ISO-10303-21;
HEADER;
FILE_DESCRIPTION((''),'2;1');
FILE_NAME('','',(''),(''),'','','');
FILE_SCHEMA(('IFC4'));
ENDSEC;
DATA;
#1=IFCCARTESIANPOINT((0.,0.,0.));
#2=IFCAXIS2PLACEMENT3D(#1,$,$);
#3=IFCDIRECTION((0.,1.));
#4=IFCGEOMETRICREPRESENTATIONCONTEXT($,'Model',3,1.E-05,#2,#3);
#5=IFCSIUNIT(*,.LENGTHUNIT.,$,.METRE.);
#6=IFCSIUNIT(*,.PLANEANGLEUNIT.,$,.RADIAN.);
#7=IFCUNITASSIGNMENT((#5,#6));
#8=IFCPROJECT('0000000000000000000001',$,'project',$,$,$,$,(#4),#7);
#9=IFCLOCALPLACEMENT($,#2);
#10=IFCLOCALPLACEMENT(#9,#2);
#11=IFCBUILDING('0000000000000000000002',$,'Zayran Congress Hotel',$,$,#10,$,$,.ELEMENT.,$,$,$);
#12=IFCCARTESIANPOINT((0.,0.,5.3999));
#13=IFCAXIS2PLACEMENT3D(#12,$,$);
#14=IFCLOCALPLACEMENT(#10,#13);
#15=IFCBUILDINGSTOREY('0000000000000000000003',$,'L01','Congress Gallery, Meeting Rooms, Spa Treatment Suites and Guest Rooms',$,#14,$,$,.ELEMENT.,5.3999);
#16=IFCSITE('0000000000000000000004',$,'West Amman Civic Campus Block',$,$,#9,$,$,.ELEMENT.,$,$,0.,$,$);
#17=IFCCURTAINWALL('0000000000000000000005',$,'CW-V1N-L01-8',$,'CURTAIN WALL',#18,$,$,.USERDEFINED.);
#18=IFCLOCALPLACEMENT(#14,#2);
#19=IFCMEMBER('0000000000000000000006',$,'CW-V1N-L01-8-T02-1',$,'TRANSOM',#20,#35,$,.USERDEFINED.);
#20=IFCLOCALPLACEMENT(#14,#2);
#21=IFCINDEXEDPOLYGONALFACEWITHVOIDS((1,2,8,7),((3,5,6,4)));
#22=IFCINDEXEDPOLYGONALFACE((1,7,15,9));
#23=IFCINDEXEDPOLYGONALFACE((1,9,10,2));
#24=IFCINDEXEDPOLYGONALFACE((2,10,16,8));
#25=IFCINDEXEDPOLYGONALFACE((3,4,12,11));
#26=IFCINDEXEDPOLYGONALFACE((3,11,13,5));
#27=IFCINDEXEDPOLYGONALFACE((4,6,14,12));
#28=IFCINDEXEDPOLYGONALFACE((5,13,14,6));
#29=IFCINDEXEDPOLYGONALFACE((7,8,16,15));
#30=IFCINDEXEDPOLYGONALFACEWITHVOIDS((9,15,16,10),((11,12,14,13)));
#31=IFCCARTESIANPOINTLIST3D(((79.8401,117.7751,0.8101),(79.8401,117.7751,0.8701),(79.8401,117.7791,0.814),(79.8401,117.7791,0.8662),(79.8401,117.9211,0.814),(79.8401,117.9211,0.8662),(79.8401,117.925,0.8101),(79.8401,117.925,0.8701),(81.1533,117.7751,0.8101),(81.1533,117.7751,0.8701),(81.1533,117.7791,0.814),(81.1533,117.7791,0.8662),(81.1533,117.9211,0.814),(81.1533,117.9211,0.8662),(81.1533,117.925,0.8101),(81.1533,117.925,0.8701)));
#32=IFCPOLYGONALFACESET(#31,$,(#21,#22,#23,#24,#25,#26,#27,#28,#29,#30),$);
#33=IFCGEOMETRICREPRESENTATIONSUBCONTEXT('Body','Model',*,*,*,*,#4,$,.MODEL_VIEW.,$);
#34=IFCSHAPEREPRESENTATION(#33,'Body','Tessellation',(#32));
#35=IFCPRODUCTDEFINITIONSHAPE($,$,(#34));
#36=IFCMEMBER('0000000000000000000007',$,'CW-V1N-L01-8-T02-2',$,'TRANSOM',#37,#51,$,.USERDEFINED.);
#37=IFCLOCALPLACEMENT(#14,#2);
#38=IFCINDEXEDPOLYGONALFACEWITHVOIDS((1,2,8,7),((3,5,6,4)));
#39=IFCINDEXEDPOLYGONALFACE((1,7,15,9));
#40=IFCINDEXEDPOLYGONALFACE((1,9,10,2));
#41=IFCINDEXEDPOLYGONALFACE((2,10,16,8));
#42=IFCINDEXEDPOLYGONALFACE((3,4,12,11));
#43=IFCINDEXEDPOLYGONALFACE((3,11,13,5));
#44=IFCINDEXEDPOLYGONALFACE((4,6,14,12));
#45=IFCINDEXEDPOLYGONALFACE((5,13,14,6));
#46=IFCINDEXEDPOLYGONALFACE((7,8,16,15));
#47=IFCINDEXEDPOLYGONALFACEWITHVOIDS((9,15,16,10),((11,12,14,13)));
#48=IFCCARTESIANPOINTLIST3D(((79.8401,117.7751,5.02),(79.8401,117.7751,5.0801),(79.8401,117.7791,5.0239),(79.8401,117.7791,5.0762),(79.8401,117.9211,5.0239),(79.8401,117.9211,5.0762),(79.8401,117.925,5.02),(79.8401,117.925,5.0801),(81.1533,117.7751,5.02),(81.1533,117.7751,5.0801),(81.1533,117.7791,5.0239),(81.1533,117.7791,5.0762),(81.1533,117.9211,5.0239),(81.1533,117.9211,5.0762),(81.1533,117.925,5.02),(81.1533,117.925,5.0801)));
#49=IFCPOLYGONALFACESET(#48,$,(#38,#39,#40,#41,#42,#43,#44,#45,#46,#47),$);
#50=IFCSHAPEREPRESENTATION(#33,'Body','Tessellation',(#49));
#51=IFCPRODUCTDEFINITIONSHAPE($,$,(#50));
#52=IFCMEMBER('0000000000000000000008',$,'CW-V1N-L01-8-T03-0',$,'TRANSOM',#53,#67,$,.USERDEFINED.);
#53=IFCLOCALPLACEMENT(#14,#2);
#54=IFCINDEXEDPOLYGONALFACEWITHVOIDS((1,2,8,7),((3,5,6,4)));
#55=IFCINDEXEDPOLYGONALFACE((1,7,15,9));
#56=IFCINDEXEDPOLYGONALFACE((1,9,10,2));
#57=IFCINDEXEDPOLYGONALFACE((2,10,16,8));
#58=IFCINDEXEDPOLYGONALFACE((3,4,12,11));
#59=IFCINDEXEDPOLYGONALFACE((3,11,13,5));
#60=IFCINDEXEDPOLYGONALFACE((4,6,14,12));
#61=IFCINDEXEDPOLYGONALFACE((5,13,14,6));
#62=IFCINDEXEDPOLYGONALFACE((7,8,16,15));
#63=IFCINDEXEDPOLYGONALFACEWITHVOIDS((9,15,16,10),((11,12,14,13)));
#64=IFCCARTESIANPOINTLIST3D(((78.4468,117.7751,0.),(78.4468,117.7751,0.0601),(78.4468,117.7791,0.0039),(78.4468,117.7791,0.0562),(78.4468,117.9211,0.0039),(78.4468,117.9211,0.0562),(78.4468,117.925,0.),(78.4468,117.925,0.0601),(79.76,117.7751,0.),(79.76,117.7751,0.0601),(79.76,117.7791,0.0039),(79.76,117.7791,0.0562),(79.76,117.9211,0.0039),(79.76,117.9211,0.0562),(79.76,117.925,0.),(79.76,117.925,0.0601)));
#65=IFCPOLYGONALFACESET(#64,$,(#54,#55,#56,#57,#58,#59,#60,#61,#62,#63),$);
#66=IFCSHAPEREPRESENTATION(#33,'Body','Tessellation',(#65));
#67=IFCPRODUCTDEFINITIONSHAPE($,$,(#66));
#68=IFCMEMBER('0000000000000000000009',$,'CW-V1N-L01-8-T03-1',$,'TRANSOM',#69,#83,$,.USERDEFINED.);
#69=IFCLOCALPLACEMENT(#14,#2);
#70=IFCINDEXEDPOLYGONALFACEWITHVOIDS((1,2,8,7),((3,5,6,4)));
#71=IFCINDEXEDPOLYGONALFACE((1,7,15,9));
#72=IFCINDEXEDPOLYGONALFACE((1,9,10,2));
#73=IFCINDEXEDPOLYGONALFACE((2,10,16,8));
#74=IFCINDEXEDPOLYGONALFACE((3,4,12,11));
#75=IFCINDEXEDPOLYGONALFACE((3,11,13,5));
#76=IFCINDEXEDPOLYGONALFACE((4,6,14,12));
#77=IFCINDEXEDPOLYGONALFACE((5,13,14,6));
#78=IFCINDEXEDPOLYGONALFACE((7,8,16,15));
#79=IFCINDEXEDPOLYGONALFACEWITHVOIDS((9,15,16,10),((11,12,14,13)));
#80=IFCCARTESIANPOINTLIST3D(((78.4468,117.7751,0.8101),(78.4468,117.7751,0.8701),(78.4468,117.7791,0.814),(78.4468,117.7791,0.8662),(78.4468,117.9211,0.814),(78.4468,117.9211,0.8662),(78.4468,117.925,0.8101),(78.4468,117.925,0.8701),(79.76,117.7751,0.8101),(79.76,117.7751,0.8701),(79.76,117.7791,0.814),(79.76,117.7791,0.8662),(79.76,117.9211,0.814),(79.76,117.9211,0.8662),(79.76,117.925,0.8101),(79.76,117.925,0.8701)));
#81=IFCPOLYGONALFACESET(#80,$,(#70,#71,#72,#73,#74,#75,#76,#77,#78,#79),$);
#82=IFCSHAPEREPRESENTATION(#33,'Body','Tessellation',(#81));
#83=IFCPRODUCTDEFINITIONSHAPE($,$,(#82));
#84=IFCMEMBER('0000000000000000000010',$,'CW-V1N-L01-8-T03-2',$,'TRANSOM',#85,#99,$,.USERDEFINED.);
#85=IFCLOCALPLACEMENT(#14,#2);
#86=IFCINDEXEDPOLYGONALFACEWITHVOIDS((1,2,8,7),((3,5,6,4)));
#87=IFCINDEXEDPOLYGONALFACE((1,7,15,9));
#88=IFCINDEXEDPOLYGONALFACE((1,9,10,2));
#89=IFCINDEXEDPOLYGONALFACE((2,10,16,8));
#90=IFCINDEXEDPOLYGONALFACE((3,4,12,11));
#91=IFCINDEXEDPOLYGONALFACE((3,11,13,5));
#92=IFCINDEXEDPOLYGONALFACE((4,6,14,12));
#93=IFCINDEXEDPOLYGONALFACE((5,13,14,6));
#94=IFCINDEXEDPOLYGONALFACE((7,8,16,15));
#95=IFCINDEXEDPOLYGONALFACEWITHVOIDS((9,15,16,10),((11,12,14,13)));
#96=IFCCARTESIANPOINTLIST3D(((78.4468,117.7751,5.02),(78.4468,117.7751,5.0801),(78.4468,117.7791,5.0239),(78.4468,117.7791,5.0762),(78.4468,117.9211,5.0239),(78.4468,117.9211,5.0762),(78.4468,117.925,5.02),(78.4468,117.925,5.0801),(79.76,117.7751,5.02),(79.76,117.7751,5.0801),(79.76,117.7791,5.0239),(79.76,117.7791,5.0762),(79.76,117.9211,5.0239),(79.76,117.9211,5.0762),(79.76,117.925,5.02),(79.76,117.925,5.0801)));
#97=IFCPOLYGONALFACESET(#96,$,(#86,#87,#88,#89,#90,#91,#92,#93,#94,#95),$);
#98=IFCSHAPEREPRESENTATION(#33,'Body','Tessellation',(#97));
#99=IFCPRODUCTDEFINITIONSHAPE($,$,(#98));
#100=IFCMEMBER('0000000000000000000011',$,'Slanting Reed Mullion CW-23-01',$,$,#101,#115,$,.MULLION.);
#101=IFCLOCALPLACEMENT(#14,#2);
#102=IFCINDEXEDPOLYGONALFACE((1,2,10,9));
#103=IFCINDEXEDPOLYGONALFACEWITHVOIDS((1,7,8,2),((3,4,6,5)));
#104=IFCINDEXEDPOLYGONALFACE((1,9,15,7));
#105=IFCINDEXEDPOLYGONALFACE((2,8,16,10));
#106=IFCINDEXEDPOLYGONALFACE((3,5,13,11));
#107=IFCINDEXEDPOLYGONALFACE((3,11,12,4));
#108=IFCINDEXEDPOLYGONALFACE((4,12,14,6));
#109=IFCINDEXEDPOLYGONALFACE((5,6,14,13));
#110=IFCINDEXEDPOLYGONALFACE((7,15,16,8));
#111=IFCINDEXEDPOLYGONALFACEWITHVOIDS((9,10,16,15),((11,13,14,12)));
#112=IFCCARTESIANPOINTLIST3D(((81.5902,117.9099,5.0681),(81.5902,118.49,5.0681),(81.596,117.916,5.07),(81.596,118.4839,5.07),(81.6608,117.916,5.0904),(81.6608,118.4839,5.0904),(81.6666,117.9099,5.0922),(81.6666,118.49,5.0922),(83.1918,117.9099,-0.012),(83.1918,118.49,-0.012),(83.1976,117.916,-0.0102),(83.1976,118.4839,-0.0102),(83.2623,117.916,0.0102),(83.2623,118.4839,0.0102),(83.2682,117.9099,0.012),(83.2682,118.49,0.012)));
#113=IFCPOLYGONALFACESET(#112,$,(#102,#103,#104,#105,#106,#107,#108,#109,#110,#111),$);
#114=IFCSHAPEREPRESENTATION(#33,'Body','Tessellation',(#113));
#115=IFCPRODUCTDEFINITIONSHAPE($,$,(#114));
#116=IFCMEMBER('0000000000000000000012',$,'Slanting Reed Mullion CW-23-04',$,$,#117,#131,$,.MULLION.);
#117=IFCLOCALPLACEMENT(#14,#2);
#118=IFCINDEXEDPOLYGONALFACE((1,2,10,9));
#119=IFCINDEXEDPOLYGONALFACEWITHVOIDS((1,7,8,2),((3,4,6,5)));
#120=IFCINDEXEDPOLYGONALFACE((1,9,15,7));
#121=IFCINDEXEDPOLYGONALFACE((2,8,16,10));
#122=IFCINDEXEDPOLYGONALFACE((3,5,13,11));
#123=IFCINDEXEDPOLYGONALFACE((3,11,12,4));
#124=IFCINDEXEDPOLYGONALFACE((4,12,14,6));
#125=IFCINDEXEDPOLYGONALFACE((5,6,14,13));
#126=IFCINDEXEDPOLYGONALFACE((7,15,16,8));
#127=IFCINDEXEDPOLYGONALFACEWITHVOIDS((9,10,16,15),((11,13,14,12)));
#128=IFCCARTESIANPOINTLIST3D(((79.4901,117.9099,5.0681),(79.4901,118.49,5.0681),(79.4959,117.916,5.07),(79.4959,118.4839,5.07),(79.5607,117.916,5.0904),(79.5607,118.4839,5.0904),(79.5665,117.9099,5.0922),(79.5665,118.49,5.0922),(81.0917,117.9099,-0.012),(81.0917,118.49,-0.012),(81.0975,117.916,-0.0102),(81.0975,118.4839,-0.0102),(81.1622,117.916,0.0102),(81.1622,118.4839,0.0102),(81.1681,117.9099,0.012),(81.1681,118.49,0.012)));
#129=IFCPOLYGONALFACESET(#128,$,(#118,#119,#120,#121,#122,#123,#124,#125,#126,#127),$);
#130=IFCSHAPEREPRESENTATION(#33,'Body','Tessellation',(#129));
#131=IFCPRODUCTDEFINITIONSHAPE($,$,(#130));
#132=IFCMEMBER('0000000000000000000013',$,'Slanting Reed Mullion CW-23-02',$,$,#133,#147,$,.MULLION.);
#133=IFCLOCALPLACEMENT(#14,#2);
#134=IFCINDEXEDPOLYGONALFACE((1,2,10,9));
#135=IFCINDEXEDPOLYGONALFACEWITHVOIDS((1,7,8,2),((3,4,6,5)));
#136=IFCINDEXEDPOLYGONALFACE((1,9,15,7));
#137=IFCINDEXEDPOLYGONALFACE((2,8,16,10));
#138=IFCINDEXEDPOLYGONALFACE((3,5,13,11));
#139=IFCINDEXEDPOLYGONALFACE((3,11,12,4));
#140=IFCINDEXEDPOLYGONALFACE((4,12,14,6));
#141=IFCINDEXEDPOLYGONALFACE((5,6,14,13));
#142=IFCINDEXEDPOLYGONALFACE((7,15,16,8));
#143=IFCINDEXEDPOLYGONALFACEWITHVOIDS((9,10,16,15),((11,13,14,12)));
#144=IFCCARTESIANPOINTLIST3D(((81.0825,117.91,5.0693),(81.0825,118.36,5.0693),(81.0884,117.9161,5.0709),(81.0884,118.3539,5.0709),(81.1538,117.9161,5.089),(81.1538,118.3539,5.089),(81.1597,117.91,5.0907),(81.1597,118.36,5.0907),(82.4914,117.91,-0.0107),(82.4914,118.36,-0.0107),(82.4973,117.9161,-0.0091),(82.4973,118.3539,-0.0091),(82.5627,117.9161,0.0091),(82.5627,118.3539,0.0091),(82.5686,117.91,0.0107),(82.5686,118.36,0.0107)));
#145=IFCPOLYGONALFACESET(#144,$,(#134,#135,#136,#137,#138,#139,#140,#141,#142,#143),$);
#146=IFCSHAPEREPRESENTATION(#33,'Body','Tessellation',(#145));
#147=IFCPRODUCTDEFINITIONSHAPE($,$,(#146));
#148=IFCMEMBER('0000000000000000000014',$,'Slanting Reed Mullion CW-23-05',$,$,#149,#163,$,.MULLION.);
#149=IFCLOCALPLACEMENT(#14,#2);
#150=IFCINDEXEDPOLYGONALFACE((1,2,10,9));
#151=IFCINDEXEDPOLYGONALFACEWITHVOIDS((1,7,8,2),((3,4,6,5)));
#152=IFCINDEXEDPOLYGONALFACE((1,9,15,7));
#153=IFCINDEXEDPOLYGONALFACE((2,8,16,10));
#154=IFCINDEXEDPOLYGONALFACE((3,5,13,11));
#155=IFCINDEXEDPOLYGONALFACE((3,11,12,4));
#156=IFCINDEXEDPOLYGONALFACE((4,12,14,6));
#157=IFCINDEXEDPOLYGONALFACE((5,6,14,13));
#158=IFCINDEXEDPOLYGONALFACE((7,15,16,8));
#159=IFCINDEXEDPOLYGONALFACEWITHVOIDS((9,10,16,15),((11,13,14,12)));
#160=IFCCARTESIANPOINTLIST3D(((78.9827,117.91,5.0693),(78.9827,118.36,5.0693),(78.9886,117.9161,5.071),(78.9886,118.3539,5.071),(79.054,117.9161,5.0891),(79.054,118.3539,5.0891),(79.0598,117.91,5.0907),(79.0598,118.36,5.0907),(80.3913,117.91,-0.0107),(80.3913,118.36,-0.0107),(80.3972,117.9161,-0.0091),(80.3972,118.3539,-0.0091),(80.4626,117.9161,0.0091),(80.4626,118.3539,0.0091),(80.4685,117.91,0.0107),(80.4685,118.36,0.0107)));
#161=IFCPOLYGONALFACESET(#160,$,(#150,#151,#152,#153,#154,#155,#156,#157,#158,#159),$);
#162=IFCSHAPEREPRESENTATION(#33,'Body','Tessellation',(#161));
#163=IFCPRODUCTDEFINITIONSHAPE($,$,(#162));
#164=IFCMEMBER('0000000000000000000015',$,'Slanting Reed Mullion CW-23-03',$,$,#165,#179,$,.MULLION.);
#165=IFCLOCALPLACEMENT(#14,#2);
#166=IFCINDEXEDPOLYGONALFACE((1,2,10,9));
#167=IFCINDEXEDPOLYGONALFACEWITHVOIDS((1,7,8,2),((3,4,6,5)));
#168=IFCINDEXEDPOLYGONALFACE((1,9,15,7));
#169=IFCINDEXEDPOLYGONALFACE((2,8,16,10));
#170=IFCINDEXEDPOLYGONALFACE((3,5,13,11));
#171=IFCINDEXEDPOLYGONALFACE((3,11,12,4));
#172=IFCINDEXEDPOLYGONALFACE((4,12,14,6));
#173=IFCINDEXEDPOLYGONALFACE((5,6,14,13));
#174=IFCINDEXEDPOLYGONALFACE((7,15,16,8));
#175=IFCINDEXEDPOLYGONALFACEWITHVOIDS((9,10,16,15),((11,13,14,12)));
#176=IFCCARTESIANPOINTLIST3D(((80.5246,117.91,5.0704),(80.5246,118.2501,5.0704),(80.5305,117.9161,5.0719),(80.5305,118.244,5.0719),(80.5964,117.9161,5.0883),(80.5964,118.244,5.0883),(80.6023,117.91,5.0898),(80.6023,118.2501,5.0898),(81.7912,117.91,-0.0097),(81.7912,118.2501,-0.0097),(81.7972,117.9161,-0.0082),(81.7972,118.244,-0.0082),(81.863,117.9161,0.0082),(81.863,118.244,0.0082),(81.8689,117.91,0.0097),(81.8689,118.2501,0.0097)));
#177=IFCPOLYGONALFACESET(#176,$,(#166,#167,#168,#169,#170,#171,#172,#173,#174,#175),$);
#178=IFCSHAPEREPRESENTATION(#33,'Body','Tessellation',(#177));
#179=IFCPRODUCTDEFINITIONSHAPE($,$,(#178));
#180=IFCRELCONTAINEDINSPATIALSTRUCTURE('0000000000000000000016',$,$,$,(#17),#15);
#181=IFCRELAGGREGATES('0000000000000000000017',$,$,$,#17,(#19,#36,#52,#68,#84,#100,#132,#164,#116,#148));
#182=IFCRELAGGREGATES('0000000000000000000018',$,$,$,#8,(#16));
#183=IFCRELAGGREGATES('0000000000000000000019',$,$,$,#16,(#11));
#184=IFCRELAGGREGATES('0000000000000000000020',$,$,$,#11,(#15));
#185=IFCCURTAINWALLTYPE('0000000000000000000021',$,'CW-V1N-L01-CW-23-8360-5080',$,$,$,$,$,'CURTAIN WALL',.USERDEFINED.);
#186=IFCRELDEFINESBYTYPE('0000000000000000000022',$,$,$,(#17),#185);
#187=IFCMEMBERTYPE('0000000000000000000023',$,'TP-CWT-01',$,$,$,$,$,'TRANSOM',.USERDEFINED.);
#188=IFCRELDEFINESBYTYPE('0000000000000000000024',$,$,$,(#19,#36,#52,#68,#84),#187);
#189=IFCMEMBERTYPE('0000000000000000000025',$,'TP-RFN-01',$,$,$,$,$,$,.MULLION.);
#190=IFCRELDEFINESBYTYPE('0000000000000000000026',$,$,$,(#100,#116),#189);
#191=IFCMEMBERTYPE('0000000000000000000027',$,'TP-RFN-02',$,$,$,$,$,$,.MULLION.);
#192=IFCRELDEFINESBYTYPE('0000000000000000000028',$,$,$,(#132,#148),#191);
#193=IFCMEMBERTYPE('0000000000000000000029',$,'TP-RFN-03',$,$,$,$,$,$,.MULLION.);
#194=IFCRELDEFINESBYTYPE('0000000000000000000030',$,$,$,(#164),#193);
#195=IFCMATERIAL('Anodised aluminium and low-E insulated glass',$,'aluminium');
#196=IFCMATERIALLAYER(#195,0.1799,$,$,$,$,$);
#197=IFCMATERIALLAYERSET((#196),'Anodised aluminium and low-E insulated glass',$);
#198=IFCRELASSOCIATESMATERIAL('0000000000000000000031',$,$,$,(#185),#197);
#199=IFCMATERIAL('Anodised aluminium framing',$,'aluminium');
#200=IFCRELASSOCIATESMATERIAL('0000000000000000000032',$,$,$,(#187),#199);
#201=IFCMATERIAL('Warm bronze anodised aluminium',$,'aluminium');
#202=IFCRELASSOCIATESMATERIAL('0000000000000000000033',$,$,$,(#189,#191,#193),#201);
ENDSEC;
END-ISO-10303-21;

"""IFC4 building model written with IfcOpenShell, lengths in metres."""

from ifc_helpers import new_model, si_unit, direction, frame, origin, origin_2d, place, context, subcontext, project, spatial, hollow_rectangle, extrude, material, layer, layer_set, material_profile, profile_set, type_object, element, aggregate, save


model = new_model("IFC4")

# Units and contexts
model_context = context("Model", 3, precision=1e-05, world=origin(), true_north=direction((0.0, 1.0)))
body_context = subcontext(model_context, "Body", "Model", "MODEL_VIEW")
ifc_project = project(units=[si_unit("LENGTHUNIT", "METRE"), si_unit("PLANEANGLEUNIT", "RADIAN")], contexts=[model_context])

# Site, building, storey
site_placement = place(None, origin())
site = spatial("IfcSite", under=ifc_project, at=site_placement, Name="West Amman Civic Campus Block", CompositionType="ELEMENT", RefElevation=0.0)
building_placement = place(site_placement, origin())
building = spatial("IfcBuilding", under=site, at=building_placement, Name="Zayran Congress Hotel", CompositionType="ELEMENT")
storey_placement = place(building_placement, frame((0.0, 0.0, 5.3999)))
storey = spatial("IfcBuildingStorey", under=building, at=storey_placement, Name="L01", Description="Congress Gallery, Meeting Rooms, Spa Treatment Suites and Guest Rooms", CompositionType="ELEMENT", Elevation=5.3999)

# Curtain wall, members
ifc_material_1 = material(Name="Anodised aluminium and low-E insulated glass", Category="aluminium")
ifc_layer_1 = layer(ifc_material_1, 0.1799)
ifc_layer_set_1 = layer_set([ifc_layer_1], Name="Anodised aluminium and low-E insulated glass")
curtain_wall_type = type_object("IfcCurtainWallType", Name="CW-V1N-L01-CW-23-8360-5080", ElementType="CURTAIN WALL", PredefinedType="USERDEFINED", material=ifc_layer_set_1)
curtain_wall_placement = place(storey_placement, origin())
curtain_wall = element("IfcCurtainWall", 1, at=curtain_wall_placement, inside=storey, type_object=curtain_wall_type, Name="CW-V1N-L01-8", ObjectType="CURTAIN WALL", PredefinedType="USERDEFINED")
ifc_material_2 = material(Name="Anodised aluminium framing", Category="aluminium")
ifc_material_profile_1 = material_profile(ifc_material_2, hollow_rectangle(XDim=0.0601, YDim=0.1499, WallThickness=0.0039, at=origin_2d()), Name="RHS 150x60x4")
ifc_profile_set_1 = profile_set([ifc_material_profile_1], Name="Anodised aluminium framing")
member_type_1 = type_object("IfcMemberType", Name="TP-CWT-01", ElementType="TRANSOM", PredefinedType="USERDEFINED", material=ifc_profile_set_1)
member_1_placement = place(storey_placement, frame((81.1533, 117.8501, 0.8401), z_axis=(-1.0, 0.0, 0.0), x_axis=(0.0, 0.0, 1.0)))
member_1 = element("IfcMember", 2, at=member_1_placement, type_object=member_type_1, Name="CW-V1N-L01-8-T02-1", ObjectType="TRANSOM", PredefinedType="USERDEFINED", context=body_context, shape_type="SweptSolid", body=[
    extrude(hollow_rectangle(XDim=0.0601, YDim=0.1499, WallThickness=0.0039, at=origin_2d()), origin(), (0.0, 0.0, 1.0), 1.3132),
])
member_2_placement = place(storey_placement, frame((81.1533, 117.8501, 5.05), z_axis=(-1.0, 0.0, 0.0), x_axis=(0.0, 0.0, 1.0)))
member_2 = element("IfcMember", 3, at=member_2_placement, type_object=member_type_1, Name="CW-V1N-L01-8-T02-2", ObjectType="TRANSOM", PredefinedType="USERDEFINED", context=body_context, shape_type="SweptSolid", body=[
    extrude(hollow_rectangle(XDim=0.0601, YDim=0.1499, WallThickness=0.0039, at=origin_2d()), origin(), (0.0, 0.0, 1.0), 1.3132),
])
member_3_placement = place(storey_placement, frame((79.76, 117.8501, 0.03), z_axis=(-1.0, 0.0, 0.0), x_axis=(0.0, 0.0, 1.0)))
member_3 = element("IfcMember", 4, at=member_3_placement, type_object=member_type_1, Name="CW-V1N-L01-8-T03-0", ObjectType="TRANSOM", PredefinedType="USERDEFINED", context=body_context, shape_type="SweptSolid", body=[
    extrude(hollow_rectangle(XDim=0.0601, YDim=0.1499, WallThickness=0.0039, at=origin_2d()), origin(), (0.0, 0.0, 1.0), 1.3132),
])
member_4_placement = place(storey_placement, frame((79.76, 117.8501, 0.8401), z_axis=(-1.0, 0.0, 0.0), x_axis=(0.0, 0.0, 1.0)))
member_4 = element("IfcMember", 5, at=member_4_placement, type_object=member_type_1, Name="CW-V1N-L01-8-T03-1", ObjectType="TRANSOM", PredefinedType="USERDEFINED", context=body_context, shape_type="SweptSolid", body=[
    extrude(hollow_rectangle(XDim=0.0601, YDim=0.1499, WallThickness=0.0039, at=origin_2d()), origin(), (0.0, 0.0, 1.0), 1.3132),
])
member_5_placement = place(storey_placement, frame((79.76, 117.8501, 5.05), z_axis=(-1.0, 0.0, 0.0), x_axis=(0.0, 0.0, 1.0)))
member_5 = element("IfcMember", 6, at=member_5_placement, type_object=member_type_1, Name="CW-V1N-L01-8-T03-2", ObjectType="TRANSOM", PredefinedType="USERDEFINED", context=body_context, shape_type="SweptSolid", body=[
    extrude(hollow_rectangle(XDim=0.0601, YDim=0.1499, WallThickness=0.0039, at=origin_2d()), origin(), (0.0, 0.0, 1.0), 1.3132),
])
ifc_material_3 = material(Name="Warm bronze anodised aluminium", Category="aluminium")
ifc_material_profile_2 = material_profile(ifc_material_3, hollow_rectangle(XDim=0.0801, YDim=0.5801, WallThickness=0.0061, at=origin_2d()), Name="RHS 580x80x6")
ifc_profile_set_2 = profile_set([ifc_material_profile_2], Name="Warm bronze anodised aluminium")
member_type_2 = type_object("IfcMemberType", Name="TP-RFN-01", PredefinedType="MULLION", material=ifc_profile_set_2)
member_6_placement = place(storey_placement, frame((83.23, 118.2, 0.0), z_axis=(-0.300675, 0.0, 0.953727), x_axis=(0.953727, 0.0, 0.300675)))
member_6 = element("IfcMember", 7, at=member_6_placement, type_object=member_type_2, Name="Slanting Reed Mullion CW-23-01", PredefinedType="MULLION", context=body_context, shape_type="SweptSolid", body=[
    extrude(hollow_rectangle(XDim=0.0801, YDim=0.5801, WallThickness=0.0061, at=origin_2d()), origin(), (0.0, 0.0, 1.0), 5.3267),
])
member_7_placement = place(storey_placement, frame((81.1299, 118.2, 0.0), z_axis=(-0.300675, 0.0, 0.953727), x_axis=(0.953727, 0.0, 0.300675)))
member_7 = element("IfcMember", 8, at=member_7_placement, type_object=member_type_2, Name="Slanting Reed Mullion CW-23-04", PredefinedType="MULLION", context=body_context, shape_type="SweptSolid", body=[
    extrude(hollow_rectangle(XDim=0.0801, YDim=0.5801, WallThickness=0.0061, at=origin_2d()), origin(), (0.0, 0.0, 1.0), 5.3267),
])
ifc_material_profile_3 = material_profile(ifc_material_3, hollow_rectangle(XDim=0.0801, YDim=0.45, WallThickness=0.0061, at=origin_2d()), Name="RHS 450x80x6")
ifc_profile_set_3 = profile_set([ifc_material_profile_3], Name="Warm bronze anodised aluminium")
member_type_3 = type_object("IfcMemberType", Name="TP-RFN-02", PredefinedType="MULLION", material=ifc_profile_set_3)
member_8_placement = place(storey_placement, frame((82.53, 118.135, 0.0), z_axis=(-0.267257, 0.0, 0.963625), x_axis=(0.963625, 0.0, 0.267257)))
member_8 = element("IfcMember", 9, at=member_8_placement, type_object=member_type_3, Name="Slanting Reed Mullion CW-23-02", PredefinedType="MULLION", context=body_context, shape_type="SweptSolid", body=[
    extrude(hollow_rectangle(XDim=0.0801, YDim=0.45, WallThickness=0.0061, at=origin_2d()), origin(), (0.0, 0.0, 1.0), 5.2717),
])
member_9_placement = place(storey_placement, frame((80.4299, 118.135, 0.0), z_axis=(-0.267214, 0.0, 0.963637), x_axis=(0.963637, 0.0, 0.267214)))
member_9 = element("IfcMember", 10, at=member_9_placement, type_object=member_type_3, Name="Slanting Reed Mullion CW-23-05", PredefinedType="MULLION", context=body_context, shape_type="SweptSolid", body=[
    extrude(hollow_rectangle(XDim=0.0801, YDim=0.45, WallThickness=0.0061, at=origin_2d()), origin(), (0.0, 0.0, 1.0), 5.2717),
])
ifc_material_profile_4 = material_profile(ifc_material_3, hollow_rectangle(XDim=0.0801, YDim=0.3401, WallThickness=0.0061, at=origin_2d()), Name="RHS 340x80x6")
ifc_profile_set_4 = profile_set([ifc_material_profile_4], Name="Warm bronze anodised aluminium")
member_type_4 = type_object("IfcMemberType", Name="TP-RFN-03", PredefinedType="MULLION", material=ifc_profile_set_4)
member_10_placement = place(storey_placement, frame((81.8301, 118.0801, 0.0), z_axis=(-0.241921, 0.0, 0.970296), x_axis=(0.970296, 0.0, 0.241921)))
member_10 = element("IfcMember", 11, at=member_10_placement, type_object=member_type_4, Name="Slanting Reed Mullion CW-23-03", PredefinedType="MULLION", context=body_context, shape_type="SweptSolid", body=[
    extrude(hollow_rectangle(XDim=0.0801, YDim=0.3401, WallThickness=0.0061, at=origin_2d()), origin(), (0.0, 0.0, 1.0), 5.2356),
])
aggregate(curtain_wall, [member_1, member_2, member_3, member_4, member_5, member_6, member_8, member_10, member_7, member_9])

save(model, "model.ifc")
